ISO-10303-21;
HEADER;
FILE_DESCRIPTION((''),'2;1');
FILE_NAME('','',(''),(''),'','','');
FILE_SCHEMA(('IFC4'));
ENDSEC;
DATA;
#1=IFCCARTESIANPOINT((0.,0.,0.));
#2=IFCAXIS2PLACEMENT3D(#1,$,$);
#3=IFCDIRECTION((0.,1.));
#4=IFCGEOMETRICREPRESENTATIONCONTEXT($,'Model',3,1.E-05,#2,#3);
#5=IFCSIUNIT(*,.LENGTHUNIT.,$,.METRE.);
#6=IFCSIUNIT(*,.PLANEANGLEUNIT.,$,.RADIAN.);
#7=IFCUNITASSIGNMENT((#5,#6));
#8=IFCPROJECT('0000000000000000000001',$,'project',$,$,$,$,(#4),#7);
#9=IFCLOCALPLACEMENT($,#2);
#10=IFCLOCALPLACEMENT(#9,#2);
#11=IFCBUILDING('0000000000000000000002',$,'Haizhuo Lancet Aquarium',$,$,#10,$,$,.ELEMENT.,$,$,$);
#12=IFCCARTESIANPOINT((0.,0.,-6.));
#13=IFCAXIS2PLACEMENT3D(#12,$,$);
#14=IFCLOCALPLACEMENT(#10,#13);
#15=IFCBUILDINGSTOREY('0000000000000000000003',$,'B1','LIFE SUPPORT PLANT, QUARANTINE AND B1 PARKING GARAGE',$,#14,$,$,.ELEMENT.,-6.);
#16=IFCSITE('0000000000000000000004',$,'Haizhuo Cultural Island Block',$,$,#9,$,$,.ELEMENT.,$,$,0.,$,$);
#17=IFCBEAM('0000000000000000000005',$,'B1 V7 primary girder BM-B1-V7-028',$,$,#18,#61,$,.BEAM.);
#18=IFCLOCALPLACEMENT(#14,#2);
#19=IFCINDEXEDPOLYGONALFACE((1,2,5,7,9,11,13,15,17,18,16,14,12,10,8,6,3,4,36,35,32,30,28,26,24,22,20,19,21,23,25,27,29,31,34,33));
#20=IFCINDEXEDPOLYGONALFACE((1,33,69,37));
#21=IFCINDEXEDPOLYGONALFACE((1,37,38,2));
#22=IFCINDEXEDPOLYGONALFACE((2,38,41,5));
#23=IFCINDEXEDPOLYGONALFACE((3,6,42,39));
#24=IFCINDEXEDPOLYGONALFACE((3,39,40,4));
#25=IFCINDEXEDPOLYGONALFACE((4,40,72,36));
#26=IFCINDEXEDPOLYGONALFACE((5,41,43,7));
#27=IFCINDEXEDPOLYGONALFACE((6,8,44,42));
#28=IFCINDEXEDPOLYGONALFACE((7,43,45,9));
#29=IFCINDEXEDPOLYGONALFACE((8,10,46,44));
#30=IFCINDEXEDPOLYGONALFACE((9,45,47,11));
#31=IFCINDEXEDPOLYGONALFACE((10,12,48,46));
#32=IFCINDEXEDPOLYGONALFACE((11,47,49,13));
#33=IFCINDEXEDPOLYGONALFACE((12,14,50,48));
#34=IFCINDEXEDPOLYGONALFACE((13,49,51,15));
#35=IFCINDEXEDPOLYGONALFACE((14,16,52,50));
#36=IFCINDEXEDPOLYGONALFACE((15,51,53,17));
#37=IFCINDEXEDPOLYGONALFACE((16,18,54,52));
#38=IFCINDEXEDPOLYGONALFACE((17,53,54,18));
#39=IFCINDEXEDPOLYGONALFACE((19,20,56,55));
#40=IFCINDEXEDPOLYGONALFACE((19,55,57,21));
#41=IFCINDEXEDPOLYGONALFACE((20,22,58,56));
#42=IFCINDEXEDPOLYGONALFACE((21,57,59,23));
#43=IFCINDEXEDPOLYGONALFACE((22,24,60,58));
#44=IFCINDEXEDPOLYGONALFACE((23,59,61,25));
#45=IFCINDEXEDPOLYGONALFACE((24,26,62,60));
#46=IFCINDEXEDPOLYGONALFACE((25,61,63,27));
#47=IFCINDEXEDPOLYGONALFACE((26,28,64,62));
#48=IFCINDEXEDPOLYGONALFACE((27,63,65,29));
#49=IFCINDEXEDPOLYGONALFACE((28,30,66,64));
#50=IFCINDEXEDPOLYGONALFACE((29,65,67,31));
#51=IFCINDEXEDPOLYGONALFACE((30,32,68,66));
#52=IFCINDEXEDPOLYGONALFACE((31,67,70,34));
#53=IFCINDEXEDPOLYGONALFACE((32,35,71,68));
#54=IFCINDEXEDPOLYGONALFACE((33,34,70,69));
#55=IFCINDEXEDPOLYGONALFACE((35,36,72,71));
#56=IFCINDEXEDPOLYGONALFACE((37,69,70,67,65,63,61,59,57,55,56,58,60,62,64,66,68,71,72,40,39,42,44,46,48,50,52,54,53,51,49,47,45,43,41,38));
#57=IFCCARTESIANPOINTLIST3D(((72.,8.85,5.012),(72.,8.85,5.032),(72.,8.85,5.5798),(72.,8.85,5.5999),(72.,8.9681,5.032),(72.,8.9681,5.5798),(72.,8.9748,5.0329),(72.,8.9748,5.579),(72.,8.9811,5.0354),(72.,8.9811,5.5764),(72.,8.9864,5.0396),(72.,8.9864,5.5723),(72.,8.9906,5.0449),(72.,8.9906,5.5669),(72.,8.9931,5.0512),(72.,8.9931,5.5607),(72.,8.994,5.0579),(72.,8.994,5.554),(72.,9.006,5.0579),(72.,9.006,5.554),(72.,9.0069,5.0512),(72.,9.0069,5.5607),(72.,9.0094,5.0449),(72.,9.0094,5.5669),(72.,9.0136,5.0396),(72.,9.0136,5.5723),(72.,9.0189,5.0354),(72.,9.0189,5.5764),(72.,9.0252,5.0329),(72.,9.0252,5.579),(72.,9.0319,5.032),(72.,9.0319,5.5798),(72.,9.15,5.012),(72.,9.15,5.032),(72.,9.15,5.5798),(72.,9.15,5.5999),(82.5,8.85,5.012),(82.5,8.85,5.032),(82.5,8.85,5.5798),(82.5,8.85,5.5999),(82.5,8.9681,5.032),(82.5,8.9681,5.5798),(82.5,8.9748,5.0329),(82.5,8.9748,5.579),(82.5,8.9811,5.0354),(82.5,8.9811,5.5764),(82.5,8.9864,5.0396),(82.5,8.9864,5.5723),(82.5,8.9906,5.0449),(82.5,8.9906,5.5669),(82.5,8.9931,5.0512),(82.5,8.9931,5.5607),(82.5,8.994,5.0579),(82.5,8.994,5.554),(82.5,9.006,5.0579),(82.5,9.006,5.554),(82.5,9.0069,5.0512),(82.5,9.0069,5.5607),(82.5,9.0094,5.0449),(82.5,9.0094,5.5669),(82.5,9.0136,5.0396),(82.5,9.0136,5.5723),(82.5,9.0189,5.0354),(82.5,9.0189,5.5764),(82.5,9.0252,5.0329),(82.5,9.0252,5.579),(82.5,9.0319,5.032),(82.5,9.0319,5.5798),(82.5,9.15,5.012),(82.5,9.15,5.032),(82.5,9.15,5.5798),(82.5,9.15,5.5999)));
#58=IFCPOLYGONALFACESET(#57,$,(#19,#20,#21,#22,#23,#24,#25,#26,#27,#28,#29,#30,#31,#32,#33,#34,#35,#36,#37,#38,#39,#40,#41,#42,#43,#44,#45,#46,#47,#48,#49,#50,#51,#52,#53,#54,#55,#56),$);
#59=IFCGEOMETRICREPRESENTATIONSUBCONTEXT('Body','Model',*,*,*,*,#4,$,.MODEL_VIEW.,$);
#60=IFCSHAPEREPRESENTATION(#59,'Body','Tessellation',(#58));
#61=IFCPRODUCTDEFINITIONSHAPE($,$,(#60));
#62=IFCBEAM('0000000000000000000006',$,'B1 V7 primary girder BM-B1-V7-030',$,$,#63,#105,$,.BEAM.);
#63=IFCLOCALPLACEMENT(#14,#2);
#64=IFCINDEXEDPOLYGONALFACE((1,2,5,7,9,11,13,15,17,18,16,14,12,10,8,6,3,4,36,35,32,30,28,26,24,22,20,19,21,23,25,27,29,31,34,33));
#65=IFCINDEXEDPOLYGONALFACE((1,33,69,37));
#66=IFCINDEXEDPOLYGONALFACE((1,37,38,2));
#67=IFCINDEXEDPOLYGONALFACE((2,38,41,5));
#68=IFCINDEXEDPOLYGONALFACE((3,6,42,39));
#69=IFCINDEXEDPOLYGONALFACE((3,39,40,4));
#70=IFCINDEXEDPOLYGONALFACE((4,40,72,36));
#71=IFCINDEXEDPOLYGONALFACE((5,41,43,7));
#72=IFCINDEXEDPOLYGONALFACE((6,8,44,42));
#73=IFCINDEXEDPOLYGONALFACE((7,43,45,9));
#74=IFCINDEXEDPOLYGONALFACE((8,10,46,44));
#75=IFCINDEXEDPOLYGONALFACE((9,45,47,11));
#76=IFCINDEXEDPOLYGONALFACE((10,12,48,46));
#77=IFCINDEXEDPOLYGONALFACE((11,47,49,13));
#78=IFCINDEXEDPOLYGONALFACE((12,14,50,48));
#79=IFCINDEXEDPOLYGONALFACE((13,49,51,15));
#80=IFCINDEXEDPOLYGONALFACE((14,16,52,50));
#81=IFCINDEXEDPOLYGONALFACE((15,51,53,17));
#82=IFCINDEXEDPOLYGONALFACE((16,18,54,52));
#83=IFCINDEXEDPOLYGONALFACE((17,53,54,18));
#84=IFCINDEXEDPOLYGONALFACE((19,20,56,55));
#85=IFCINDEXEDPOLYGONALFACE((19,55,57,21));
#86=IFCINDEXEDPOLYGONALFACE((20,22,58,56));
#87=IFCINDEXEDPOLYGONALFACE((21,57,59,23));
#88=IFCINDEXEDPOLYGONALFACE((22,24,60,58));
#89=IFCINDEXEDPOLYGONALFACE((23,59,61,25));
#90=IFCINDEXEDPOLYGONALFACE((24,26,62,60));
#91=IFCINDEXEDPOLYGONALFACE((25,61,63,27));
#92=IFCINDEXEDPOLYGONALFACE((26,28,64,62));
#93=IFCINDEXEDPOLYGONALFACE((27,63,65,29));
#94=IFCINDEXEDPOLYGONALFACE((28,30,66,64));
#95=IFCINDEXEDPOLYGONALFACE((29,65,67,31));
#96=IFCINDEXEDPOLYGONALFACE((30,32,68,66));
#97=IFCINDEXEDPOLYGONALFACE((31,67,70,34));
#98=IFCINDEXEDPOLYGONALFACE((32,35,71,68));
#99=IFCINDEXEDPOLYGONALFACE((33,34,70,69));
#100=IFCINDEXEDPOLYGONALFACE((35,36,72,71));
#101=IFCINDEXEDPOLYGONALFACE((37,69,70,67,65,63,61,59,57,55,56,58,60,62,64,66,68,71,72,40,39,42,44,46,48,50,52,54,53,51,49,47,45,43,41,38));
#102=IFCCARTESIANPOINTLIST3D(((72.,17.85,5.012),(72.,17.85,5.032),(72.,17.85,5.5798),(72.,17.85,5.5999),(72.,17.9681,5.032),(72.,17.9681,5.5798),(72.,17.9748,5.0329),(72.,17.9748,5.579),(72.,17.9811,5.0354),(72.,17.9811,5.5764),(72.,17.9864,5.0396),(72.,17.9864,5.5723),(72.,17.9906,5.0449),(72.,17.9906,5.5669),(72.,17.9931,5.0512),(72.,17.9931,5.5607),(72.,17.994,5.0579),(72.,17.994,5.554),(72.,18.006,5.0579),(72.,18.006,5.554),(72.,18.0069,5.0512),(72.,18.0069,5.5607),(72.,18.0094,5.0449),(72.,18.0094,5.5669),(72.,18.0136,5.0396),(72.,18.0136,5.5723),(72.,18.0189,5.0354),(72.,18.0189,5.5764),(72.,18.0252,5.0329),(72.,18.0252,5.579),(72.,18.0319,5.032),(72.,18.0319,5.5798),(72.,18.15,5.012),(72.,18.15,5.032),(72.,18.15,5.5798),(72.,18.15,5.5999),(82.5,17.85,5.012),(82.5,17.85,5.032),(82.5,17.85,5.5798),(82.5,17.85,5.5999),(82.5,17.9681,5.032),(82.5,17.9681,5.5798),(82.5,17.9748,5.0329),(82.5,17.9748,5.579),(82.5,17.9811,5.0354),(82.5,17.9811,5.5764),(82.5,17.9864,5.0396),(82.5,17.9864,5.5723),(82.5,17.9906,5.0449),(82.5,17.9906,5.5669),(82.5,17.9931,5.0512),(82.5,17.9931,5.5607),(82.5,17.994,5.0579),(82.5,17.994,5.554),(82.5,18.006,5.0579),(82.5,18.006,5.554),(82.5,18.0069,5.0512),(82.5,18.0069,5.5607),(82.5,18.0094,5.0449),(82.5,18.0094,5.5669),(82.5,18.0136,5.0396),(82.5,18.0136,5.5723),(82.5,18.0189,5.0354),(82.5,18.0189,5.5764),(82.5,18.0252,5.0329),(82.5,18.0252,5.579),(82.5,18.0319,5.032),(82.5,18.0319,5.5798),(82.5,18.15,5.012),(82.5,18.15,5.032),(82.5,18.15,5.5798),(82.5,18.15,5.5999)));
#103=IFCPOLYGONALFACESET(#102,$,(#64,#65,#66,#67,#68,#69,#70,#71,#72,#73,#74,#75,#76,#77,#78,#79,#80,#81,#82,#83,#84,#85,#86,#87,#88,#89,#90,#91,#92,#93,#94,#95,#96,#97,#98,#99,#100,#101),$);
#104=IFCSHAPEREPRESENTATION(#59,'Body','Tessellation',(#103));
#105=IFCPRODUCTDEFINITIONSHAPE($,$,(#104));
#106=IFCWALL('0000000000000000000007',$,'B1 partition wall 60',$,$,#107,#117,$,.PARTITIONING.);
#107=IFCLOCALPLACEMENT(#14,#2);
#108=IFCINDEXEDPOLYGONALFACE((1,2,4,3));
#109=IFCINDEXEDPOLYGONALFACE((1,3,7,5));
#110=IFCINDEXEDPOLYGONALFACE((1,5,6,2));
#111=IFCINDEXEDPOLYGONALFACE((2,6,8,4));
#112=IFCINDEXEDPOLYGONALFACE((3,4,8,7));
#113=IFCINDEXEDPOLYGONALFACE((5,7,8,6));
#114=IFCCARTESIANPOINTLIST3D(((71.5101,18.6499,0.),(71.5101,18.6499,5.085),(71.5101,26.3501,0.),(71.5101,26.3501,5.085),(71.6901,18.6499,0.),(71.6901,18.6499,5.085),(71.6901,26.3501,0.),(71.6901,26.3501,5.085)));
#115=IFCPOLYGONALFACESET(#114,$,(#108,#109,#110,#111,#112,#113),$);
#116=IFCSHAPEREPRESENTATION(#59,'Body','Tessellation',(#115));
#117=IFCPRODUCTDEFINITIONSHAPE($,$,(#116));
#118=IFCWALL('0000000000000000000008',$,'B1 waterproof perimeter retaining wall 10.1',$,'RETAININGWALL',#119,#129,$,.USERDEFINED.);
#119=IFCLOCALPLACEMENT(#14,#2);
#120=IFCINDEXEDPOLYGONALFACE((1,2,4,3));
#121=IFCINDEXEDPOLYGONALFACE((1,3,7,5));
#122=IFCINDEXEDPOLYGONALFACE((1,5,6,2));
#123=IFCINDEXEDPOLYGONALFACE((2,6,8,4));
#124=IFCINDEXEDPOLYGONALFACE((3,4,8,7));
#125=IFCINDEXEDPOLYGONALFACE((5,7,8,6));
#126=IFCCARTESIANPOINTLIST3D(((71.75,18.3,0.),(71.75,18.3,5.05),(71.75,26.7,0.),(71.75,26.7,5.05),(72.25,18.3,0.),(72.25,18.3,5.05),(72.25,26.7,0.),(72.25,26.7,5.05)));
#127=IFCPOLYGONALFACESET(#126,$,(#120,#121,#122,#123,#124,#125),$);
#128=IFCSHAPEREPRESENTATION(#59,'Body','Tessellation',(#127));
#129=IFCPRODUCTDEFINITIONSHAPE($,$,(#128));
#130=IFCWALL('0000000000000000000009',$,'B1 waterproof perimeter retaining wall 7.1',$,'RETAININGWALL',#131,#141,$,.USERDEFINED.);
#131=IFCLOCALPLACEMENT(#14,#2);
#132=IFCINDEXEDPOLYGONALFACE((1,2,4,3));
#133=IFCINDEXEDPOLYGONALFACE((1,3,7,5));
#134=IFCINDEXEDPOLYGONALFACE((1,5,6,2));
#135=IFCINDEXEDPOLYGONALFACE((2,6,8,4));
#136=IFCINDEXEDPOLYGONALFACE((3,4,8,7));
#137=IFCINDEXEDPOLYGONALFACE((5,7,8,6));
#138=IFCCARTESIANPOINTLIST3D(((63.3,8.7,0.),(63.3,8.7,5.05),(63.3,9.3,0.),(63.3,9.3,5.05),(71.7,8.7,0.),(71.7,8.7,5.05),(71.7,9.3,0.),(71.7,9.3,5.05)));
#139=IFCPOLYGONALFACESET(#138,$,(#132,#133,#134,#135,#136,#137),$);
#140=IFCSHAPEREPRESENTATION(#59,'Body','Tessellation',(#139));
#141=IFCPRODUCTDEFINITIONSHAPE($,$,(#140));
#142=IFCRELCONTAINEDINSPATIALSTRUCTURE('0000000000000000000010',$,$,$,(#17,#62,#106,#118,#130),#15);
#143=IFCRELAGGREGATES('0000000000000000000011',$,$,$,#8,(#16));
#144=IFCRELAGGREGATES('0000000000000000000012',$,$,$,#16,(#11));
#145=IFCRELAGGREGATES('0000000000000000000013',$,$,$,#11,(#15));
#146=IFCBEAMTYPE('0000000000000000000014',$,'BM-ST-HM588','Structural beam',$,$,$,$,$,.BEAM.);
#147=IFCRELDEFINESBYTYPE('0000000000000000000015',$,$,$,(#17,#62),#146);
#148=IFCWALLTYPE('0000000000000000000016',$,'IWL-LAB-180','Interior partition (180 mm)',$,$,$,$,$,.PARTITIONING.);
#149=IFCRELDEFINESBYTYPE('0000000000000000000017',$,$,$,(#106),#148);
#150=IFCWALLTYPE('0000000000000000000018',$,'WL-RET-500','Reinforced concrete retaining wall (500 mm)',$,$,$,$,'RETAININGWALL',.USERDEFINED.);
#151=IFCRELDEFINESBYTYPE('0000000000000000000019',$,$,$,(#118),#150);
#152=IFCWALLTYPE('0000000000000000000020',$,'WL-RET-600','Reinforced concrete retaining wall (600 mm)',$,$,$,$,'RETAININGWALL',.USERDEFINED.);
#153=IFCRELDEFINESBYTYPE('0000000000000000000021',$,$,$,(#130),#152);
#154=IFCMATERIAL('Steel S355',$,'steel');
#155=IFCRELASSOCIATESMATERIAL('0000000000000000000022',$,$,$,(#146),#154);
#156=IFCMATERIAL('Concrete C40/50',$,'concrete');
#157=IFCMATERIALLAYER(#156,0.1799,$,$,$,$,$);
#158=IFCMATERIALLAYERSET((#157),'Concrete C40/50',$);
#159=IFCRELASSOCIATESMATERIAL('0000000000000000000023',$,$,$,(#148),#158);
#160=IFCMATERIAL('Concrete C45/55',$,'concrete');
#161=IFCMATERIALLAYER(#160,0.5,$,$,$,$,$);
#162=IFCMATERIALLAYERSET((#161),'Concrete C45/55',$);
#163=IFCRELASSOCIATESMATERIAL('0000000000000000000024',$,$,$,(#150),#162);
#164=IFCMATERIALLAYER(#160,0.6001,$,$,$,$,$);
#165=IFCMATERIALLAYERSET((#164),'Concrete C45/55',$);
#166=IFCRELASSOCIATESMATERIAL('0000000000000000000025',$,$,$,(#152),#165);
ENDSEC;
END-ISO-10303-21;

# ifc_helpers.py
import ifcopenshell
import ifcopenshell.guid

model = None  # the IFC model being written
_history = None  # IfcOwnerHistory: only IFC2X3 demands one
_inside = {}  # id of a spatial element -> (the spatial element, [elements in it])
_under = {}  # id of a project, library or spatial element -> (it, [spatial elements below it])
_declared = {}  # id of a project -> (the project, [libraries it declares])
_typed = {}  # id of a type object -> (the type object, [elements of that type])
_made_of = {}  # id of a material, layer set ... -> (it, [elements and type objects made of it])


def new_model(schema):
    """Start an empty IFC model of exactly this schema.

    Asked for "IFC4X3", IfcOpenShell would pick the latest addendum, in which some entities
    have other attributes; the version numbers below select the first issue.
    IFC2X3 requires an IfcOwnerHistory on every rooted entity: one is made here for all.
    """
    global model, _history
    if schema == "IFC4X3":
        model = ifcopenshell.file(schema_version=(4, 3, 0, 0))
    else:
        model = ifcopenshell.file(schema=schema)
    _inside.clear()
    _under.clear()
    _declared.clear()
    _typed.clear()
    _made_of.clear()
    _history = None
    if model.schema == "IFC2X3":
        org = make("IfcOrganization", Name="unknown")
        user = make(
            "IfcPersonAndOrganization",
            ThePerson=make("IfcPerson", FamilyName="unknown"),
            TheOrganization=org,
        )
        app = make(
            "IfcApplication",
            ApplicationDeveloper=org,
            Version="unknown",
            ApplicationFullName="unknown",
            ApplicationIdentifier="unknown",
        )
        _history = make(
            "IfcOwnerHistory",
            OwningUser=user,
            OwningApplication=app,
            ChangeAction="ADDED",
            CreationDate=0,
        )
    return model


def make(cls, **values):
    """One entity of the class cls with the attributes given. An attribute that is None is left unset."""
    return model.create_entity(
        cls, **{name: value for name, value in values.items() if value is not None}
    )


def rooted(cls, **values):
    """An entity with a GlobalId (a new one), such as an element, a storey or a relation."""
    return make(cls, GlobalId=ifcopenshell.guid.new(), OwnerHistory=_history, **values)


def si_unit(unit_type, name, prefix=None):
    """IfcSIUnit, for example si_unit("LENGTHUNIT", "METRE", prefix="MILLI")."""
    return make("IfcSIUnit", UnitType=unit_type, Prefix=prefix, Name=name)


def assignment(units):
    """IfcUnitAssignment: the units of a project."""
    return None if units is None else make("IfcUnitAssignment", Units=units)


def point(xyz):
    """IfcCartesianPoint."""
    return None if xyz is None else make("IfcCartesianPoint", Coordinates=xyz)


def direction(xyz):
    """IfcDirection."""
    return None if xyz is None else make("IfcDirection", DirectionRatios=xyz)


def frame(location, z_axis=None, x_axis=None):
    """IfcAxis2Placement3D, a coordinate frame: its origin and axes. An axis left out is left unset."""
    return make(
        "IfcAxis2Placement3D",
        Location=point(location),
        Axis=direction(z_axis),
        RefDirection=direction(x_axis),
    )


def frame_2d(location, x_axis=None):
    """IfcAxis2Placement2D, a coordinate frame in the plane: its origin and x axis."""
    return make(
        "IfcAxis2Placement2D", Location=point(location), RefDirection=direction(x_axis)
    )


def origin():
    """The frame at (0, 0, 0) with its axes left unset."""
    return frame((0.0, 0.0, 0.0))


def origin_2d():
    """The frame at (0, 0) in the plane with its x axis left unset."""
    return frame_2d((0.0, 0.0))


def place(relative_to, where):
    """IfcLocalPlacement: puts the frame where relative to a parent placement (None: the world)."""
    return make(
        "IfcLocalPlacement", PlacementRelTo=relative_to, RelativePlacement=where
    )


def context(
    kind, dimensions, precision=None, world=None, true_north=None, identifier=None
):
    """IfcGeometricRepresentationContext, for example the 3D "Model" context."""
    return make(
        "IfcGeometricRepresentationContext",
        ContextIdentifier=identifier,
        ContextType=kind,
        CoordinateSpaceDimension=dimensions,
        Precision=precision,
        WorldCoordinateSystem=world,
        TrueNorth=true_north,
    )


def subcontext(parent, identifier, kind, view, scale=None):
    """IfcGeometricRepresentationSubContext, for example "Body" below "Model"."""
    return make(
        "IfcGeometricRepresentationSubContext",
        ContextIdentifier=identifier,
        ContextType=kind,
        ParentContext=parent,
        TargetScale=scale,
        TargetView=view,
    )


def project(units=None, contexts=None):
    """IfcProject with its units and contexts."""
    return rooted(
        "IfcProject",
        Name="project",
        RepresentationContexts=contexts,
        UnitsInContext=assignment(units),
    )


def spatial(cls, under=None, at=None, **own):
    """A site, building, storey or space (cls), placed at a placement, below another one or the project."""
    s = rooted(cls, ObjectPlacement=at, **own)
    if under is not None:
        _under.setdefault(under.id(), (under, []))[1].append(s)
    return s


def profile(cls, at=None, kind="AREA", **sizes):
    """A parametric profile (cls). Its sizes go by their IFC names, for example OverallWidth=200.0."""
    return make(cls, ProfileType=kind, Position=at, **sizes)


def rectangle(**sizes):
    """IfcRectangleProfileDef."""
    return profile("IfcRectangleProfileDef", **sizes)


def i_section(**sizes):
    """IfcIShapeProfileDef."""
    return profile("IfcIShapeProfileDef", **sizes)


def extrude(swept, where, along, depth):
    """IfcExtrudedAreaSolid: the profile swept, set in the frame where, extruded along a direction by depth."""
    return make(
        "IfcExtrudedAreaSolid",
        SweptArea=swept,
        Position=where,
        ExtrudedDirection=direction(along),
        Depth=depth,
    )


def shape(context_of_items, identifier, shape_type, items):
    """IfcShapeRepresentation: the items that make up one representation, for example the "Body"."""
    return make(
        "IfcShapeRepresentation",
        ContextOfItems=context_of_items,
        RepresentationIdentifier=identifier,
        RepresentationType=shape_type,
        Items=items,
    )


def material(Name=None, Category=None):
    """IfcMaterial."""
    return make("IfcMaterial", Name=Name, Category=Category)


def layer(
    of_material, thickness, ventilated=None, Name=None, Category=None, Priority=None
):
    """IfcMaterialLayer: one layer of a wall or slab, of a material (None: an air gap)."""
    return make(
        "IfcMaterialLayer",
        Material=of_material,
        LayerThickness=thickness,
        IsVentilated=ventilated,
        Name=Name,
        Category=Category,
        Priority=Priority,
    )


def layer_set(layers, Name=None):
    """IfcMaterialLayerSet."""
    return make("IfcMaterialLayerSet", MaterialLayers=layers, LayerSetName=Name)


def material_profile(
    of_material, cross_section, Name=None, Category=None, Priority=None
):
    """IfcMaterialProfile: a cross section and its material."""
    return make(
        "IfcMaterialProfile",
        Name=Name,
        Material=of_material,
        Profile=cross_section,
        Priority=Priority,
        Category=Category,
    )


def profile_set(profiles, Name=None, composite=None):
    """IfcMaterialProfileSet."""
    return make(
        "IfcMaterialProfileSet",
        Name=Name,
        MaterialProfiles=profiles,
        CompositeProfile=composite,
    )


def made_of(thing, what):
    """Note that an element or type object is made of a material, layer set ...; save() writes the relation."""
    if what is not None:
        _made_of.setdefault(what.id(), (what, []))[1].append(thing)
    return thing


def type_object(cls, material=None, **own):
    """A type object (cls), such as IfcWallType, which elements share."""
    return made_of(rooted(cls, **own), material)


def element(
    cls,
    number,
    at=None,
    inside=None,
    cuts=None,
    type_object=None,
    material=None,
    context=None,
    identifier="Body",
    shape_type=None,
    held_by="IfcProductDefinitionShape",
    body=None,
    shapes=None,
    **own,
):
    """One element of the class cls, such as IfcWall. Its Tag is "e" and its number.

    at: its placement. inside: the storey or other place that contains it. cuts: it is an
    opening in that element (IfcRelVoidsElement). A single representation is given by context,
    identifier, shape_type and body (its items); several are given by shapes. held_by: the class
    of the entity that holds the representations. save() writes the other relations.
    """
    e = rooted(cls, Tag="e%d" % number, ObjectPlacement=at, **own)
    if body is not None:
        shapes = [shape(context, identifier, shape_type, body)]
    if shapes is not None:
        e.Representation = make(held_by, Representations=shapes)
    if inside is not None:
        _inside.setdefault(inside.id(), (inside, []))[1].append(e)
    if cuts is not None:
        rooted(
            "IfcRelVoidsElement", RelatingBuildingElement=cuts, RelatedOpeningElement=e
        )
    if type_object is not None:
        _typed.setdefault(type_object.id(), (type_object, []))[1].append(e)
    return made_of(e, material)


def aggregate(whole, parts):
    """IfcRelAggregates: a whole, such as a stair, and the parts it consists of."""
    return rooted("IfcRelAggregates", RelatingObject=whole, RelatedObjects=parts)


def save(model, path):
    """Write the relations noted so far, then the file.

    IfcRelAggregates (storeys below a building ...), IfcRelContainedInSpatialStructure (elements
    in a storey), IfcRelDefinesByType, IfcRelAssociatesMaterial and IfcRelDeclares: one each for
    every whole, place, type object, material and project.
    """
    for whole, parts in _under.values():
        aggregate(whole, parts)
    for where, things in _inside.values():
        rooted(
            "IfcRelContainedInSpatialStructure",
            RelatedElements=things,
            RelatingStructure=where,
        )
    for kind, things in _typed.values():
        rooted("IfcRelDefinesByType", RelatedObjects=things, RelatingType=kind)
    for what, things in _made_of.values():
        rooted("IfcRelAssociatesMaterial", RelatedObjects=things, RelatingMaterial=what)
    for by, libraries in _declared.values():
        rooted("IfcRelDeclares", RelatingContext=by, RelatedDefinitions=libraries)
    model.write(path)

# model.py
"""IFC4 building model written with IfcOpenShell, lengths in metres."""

from ifc_helpers import new_model, si_unit, direction, frame, frame_2d, origin, origin_2d, place, context, subcontext, project, spatial, rectangle, i_section, extrude, material, layer, layer_set, material_profile, profile_set, type_object, element, save


model = new_model("IFC4")

# Units and contexts
model_context = context("Model", 3, precision=1e-05, world=origin(), true_north=direction((0.0, 1.0)))
body_context = subcontext(model_context, "Body", "Model", "MODEL_VIEW")
ifc_project = project(units=[si_unit("LENGTHUNIT", "METRE"), si_unit("PLANEANGLEUNIT", "RADIAN")], contexts=[model_context])

# Site, building, storey
site_placement = place(None, origin())
site = spatial("IfcSite", under=ifc_project, at=site_placement, Name="Haizhuo Cultural Island Block", CompositionType="ELEMENT", RefElevation=0.0)
building_placement = place(site_placement, origin())
building = spatial("IfcBuilding", under=site, at=building_placement, Name="Haizhuo Lancet Aquarium", CompositionType="ELEMENT")
storey_placement = place(building_placement, frame((0.0, 0.0, -6.0)))
storey = spatial("IfcBuildingStorey", under=building, at=storey_placement, Name="B1", Description="LIFE SUPPORT PLANT, QUARANTINE AND B1 PARKING GARAGE", CompositionType="ELEMENT", Elevation=-6.0)

# Shared definitions
ifc_material_1 = material(Name="Concrete C40/50", Category="concrete")

# Shared definitions
ifc_material_2 = material(Name="Steel S355", Category="steel")

# Beams
ifc_material_profile_1 = material_profile(ifc_material_2, i_section(OverallWidth=0.3, OverallDepth=0.5879, WebThickness=0.012, FlangeThickness=0.02, FilletRadius=0.0259, at=origin_2d()), Name="HM 588x300x12x20")
ifc_profile_set_1 = profile_set([ifc_material_profile_1], Name="Steel S355")
beam_type_1 = type_object("IfcBeamType", Name="BM-ST-HM588", Description="Structural beam", PredefinedType="BEAM", material=ifc_profile_set_1)
for number, where, z_axis, x_axis, name in (
    (1, (72.0, 9.0, 5.3059), (1.0, 0.0, 0.0), (0.0, 1.0, 0.0), "B1 V7 primary girder BM-B1-V7-028"),
    (2, (72.0, 18.0, 5.3059), (1.0, 0.0, 0.0), (0.0, 1.0, 0.0), "B1 V7 primary girder BM-B1-V7-030"),
):
    element("IfcBeam", number, at=place(storey_placement, frame(where, z_axis=z_axis, x_axis=x_axis)), inside=storey, type_object=beam_type_1, Name=name, PredefinedType="BEAM", context=body_context, shape_type="SweptSolid", body=[
        extrude(i_section(OverallWidth=0.3, OverallDepth=0.5879, WebThickness=0.012, FlangeThickness=0.02, FilletRadius=0.0259, at=origin_2d()), origin(), (0.0, 0.0, 1.0), 10.5),
    ])

# Walls
ifc_layer_1 = layer(ifc_material_1, 0.1799)
ifc_layer_set_1 = layer_set([ifc_layer_1], Name="Concrete C40/50")
wall_type_1 = type_object("IfcWallType", Name="IWL-LAB-180", Description="Interior partition (180 mm)", PredefinedType="PARTITIONING", material=ifc_layer_set_1)
wall_1_placement = place(storey_placement, frame((71.6001, 18.6499, 0.0), z_axis=(0.0, 0.0, 1.0), x_axis=(0.0, 1.0, 0.0)))
element("IfcWall", 3, at=wall_1_placement, inside=storey, type_object=wall_type_1, Name="B1 partition wall 60", PredefinedType="PARTITIONING", context=body_context, shape_type="SweptSolid", body=[
    extrude(rectangle(XDim=7.7002, YDim=0.1799, at=frame_2d((3.8501, 0.0))), origin(), (0.0, 0.0, 1.0), 5.085),
])
ifc_material_3 = material(Name="Concrete C45/55", Category="concrete")
ifc_layer_2 = layer(ifc_material_3, 0.5)
ifc_layer_set_2 = layer_set([ifc_layer_2], Name="Concrete C45/55")
wall_type_2 = type_object("IfcWallType", Name="WL-RET-500", Description="Reinforced concrete retaining wall (500 mm)", ElementType="RETAININGWALL", PredefinedType="USERDEFINED", material=ifc_layer_set_2)
wall_2_placement = place(storey_placement, frame((72.0, 18.3, 0.0), z_axis=(0.0, 0.0, 1.0), x_axis=(0.0, 1.0, 0.0)))
element("IfcWall", 4, at=wall_2_placement, inside=storey, type_object=wall_type_2, Name="B1 waterproof perimeter retaining wall 10.1", ObjectType="RETAININGWALL", PredefinedType="USERDEFINED", context=body_context, shape_type="SweptSolid", body=[
    extrude(rectangle(XDim=8.3999, YDim=0.5, at=frame_2d((4.2, 0.0))), origin(), (0.0, 0.0, 1.0), 5.05),
])
ifc_layer_3 = layer(ifc_material_3, 0.6001)
ifc_layer_set_3 = layer_set([ifc_layer_3], Name="Concrete C45/55")
wall_type_3 = type_object("IfcWallType", Name="WL-RET-600", Description="Reinforced concrete retaining wall (600 mm)", ElementType="RETAININGWALL", PredefinedType="USERDEFINED", material=ifc_layer_set_3)
wall_3_placement = place(storey_placement, frame((63.3, 9.0, 0.0), z_axis=(0.0, 0.0, 1.0), x_axis=(1.0, 0.0, 0.0)))
element("IfcWall", 5, at=wall_3_placement, inside=storey, type_object=wall_type_3, Name="B1 waterproof perimeter retaining wall 7.1", ObjectType="RETAININGWALL", PredefinedType="USERDEFINED", context=body_context, shape_type="SweptSolid", body=[
    extrude(rectangle(XDim=8.3999, YDim=0.6001, at=frame_2d((4.2, 0.0))), origin(), (0.0, 0.0, 1.0), 5.05),
])

save(model, "model.ifc")
